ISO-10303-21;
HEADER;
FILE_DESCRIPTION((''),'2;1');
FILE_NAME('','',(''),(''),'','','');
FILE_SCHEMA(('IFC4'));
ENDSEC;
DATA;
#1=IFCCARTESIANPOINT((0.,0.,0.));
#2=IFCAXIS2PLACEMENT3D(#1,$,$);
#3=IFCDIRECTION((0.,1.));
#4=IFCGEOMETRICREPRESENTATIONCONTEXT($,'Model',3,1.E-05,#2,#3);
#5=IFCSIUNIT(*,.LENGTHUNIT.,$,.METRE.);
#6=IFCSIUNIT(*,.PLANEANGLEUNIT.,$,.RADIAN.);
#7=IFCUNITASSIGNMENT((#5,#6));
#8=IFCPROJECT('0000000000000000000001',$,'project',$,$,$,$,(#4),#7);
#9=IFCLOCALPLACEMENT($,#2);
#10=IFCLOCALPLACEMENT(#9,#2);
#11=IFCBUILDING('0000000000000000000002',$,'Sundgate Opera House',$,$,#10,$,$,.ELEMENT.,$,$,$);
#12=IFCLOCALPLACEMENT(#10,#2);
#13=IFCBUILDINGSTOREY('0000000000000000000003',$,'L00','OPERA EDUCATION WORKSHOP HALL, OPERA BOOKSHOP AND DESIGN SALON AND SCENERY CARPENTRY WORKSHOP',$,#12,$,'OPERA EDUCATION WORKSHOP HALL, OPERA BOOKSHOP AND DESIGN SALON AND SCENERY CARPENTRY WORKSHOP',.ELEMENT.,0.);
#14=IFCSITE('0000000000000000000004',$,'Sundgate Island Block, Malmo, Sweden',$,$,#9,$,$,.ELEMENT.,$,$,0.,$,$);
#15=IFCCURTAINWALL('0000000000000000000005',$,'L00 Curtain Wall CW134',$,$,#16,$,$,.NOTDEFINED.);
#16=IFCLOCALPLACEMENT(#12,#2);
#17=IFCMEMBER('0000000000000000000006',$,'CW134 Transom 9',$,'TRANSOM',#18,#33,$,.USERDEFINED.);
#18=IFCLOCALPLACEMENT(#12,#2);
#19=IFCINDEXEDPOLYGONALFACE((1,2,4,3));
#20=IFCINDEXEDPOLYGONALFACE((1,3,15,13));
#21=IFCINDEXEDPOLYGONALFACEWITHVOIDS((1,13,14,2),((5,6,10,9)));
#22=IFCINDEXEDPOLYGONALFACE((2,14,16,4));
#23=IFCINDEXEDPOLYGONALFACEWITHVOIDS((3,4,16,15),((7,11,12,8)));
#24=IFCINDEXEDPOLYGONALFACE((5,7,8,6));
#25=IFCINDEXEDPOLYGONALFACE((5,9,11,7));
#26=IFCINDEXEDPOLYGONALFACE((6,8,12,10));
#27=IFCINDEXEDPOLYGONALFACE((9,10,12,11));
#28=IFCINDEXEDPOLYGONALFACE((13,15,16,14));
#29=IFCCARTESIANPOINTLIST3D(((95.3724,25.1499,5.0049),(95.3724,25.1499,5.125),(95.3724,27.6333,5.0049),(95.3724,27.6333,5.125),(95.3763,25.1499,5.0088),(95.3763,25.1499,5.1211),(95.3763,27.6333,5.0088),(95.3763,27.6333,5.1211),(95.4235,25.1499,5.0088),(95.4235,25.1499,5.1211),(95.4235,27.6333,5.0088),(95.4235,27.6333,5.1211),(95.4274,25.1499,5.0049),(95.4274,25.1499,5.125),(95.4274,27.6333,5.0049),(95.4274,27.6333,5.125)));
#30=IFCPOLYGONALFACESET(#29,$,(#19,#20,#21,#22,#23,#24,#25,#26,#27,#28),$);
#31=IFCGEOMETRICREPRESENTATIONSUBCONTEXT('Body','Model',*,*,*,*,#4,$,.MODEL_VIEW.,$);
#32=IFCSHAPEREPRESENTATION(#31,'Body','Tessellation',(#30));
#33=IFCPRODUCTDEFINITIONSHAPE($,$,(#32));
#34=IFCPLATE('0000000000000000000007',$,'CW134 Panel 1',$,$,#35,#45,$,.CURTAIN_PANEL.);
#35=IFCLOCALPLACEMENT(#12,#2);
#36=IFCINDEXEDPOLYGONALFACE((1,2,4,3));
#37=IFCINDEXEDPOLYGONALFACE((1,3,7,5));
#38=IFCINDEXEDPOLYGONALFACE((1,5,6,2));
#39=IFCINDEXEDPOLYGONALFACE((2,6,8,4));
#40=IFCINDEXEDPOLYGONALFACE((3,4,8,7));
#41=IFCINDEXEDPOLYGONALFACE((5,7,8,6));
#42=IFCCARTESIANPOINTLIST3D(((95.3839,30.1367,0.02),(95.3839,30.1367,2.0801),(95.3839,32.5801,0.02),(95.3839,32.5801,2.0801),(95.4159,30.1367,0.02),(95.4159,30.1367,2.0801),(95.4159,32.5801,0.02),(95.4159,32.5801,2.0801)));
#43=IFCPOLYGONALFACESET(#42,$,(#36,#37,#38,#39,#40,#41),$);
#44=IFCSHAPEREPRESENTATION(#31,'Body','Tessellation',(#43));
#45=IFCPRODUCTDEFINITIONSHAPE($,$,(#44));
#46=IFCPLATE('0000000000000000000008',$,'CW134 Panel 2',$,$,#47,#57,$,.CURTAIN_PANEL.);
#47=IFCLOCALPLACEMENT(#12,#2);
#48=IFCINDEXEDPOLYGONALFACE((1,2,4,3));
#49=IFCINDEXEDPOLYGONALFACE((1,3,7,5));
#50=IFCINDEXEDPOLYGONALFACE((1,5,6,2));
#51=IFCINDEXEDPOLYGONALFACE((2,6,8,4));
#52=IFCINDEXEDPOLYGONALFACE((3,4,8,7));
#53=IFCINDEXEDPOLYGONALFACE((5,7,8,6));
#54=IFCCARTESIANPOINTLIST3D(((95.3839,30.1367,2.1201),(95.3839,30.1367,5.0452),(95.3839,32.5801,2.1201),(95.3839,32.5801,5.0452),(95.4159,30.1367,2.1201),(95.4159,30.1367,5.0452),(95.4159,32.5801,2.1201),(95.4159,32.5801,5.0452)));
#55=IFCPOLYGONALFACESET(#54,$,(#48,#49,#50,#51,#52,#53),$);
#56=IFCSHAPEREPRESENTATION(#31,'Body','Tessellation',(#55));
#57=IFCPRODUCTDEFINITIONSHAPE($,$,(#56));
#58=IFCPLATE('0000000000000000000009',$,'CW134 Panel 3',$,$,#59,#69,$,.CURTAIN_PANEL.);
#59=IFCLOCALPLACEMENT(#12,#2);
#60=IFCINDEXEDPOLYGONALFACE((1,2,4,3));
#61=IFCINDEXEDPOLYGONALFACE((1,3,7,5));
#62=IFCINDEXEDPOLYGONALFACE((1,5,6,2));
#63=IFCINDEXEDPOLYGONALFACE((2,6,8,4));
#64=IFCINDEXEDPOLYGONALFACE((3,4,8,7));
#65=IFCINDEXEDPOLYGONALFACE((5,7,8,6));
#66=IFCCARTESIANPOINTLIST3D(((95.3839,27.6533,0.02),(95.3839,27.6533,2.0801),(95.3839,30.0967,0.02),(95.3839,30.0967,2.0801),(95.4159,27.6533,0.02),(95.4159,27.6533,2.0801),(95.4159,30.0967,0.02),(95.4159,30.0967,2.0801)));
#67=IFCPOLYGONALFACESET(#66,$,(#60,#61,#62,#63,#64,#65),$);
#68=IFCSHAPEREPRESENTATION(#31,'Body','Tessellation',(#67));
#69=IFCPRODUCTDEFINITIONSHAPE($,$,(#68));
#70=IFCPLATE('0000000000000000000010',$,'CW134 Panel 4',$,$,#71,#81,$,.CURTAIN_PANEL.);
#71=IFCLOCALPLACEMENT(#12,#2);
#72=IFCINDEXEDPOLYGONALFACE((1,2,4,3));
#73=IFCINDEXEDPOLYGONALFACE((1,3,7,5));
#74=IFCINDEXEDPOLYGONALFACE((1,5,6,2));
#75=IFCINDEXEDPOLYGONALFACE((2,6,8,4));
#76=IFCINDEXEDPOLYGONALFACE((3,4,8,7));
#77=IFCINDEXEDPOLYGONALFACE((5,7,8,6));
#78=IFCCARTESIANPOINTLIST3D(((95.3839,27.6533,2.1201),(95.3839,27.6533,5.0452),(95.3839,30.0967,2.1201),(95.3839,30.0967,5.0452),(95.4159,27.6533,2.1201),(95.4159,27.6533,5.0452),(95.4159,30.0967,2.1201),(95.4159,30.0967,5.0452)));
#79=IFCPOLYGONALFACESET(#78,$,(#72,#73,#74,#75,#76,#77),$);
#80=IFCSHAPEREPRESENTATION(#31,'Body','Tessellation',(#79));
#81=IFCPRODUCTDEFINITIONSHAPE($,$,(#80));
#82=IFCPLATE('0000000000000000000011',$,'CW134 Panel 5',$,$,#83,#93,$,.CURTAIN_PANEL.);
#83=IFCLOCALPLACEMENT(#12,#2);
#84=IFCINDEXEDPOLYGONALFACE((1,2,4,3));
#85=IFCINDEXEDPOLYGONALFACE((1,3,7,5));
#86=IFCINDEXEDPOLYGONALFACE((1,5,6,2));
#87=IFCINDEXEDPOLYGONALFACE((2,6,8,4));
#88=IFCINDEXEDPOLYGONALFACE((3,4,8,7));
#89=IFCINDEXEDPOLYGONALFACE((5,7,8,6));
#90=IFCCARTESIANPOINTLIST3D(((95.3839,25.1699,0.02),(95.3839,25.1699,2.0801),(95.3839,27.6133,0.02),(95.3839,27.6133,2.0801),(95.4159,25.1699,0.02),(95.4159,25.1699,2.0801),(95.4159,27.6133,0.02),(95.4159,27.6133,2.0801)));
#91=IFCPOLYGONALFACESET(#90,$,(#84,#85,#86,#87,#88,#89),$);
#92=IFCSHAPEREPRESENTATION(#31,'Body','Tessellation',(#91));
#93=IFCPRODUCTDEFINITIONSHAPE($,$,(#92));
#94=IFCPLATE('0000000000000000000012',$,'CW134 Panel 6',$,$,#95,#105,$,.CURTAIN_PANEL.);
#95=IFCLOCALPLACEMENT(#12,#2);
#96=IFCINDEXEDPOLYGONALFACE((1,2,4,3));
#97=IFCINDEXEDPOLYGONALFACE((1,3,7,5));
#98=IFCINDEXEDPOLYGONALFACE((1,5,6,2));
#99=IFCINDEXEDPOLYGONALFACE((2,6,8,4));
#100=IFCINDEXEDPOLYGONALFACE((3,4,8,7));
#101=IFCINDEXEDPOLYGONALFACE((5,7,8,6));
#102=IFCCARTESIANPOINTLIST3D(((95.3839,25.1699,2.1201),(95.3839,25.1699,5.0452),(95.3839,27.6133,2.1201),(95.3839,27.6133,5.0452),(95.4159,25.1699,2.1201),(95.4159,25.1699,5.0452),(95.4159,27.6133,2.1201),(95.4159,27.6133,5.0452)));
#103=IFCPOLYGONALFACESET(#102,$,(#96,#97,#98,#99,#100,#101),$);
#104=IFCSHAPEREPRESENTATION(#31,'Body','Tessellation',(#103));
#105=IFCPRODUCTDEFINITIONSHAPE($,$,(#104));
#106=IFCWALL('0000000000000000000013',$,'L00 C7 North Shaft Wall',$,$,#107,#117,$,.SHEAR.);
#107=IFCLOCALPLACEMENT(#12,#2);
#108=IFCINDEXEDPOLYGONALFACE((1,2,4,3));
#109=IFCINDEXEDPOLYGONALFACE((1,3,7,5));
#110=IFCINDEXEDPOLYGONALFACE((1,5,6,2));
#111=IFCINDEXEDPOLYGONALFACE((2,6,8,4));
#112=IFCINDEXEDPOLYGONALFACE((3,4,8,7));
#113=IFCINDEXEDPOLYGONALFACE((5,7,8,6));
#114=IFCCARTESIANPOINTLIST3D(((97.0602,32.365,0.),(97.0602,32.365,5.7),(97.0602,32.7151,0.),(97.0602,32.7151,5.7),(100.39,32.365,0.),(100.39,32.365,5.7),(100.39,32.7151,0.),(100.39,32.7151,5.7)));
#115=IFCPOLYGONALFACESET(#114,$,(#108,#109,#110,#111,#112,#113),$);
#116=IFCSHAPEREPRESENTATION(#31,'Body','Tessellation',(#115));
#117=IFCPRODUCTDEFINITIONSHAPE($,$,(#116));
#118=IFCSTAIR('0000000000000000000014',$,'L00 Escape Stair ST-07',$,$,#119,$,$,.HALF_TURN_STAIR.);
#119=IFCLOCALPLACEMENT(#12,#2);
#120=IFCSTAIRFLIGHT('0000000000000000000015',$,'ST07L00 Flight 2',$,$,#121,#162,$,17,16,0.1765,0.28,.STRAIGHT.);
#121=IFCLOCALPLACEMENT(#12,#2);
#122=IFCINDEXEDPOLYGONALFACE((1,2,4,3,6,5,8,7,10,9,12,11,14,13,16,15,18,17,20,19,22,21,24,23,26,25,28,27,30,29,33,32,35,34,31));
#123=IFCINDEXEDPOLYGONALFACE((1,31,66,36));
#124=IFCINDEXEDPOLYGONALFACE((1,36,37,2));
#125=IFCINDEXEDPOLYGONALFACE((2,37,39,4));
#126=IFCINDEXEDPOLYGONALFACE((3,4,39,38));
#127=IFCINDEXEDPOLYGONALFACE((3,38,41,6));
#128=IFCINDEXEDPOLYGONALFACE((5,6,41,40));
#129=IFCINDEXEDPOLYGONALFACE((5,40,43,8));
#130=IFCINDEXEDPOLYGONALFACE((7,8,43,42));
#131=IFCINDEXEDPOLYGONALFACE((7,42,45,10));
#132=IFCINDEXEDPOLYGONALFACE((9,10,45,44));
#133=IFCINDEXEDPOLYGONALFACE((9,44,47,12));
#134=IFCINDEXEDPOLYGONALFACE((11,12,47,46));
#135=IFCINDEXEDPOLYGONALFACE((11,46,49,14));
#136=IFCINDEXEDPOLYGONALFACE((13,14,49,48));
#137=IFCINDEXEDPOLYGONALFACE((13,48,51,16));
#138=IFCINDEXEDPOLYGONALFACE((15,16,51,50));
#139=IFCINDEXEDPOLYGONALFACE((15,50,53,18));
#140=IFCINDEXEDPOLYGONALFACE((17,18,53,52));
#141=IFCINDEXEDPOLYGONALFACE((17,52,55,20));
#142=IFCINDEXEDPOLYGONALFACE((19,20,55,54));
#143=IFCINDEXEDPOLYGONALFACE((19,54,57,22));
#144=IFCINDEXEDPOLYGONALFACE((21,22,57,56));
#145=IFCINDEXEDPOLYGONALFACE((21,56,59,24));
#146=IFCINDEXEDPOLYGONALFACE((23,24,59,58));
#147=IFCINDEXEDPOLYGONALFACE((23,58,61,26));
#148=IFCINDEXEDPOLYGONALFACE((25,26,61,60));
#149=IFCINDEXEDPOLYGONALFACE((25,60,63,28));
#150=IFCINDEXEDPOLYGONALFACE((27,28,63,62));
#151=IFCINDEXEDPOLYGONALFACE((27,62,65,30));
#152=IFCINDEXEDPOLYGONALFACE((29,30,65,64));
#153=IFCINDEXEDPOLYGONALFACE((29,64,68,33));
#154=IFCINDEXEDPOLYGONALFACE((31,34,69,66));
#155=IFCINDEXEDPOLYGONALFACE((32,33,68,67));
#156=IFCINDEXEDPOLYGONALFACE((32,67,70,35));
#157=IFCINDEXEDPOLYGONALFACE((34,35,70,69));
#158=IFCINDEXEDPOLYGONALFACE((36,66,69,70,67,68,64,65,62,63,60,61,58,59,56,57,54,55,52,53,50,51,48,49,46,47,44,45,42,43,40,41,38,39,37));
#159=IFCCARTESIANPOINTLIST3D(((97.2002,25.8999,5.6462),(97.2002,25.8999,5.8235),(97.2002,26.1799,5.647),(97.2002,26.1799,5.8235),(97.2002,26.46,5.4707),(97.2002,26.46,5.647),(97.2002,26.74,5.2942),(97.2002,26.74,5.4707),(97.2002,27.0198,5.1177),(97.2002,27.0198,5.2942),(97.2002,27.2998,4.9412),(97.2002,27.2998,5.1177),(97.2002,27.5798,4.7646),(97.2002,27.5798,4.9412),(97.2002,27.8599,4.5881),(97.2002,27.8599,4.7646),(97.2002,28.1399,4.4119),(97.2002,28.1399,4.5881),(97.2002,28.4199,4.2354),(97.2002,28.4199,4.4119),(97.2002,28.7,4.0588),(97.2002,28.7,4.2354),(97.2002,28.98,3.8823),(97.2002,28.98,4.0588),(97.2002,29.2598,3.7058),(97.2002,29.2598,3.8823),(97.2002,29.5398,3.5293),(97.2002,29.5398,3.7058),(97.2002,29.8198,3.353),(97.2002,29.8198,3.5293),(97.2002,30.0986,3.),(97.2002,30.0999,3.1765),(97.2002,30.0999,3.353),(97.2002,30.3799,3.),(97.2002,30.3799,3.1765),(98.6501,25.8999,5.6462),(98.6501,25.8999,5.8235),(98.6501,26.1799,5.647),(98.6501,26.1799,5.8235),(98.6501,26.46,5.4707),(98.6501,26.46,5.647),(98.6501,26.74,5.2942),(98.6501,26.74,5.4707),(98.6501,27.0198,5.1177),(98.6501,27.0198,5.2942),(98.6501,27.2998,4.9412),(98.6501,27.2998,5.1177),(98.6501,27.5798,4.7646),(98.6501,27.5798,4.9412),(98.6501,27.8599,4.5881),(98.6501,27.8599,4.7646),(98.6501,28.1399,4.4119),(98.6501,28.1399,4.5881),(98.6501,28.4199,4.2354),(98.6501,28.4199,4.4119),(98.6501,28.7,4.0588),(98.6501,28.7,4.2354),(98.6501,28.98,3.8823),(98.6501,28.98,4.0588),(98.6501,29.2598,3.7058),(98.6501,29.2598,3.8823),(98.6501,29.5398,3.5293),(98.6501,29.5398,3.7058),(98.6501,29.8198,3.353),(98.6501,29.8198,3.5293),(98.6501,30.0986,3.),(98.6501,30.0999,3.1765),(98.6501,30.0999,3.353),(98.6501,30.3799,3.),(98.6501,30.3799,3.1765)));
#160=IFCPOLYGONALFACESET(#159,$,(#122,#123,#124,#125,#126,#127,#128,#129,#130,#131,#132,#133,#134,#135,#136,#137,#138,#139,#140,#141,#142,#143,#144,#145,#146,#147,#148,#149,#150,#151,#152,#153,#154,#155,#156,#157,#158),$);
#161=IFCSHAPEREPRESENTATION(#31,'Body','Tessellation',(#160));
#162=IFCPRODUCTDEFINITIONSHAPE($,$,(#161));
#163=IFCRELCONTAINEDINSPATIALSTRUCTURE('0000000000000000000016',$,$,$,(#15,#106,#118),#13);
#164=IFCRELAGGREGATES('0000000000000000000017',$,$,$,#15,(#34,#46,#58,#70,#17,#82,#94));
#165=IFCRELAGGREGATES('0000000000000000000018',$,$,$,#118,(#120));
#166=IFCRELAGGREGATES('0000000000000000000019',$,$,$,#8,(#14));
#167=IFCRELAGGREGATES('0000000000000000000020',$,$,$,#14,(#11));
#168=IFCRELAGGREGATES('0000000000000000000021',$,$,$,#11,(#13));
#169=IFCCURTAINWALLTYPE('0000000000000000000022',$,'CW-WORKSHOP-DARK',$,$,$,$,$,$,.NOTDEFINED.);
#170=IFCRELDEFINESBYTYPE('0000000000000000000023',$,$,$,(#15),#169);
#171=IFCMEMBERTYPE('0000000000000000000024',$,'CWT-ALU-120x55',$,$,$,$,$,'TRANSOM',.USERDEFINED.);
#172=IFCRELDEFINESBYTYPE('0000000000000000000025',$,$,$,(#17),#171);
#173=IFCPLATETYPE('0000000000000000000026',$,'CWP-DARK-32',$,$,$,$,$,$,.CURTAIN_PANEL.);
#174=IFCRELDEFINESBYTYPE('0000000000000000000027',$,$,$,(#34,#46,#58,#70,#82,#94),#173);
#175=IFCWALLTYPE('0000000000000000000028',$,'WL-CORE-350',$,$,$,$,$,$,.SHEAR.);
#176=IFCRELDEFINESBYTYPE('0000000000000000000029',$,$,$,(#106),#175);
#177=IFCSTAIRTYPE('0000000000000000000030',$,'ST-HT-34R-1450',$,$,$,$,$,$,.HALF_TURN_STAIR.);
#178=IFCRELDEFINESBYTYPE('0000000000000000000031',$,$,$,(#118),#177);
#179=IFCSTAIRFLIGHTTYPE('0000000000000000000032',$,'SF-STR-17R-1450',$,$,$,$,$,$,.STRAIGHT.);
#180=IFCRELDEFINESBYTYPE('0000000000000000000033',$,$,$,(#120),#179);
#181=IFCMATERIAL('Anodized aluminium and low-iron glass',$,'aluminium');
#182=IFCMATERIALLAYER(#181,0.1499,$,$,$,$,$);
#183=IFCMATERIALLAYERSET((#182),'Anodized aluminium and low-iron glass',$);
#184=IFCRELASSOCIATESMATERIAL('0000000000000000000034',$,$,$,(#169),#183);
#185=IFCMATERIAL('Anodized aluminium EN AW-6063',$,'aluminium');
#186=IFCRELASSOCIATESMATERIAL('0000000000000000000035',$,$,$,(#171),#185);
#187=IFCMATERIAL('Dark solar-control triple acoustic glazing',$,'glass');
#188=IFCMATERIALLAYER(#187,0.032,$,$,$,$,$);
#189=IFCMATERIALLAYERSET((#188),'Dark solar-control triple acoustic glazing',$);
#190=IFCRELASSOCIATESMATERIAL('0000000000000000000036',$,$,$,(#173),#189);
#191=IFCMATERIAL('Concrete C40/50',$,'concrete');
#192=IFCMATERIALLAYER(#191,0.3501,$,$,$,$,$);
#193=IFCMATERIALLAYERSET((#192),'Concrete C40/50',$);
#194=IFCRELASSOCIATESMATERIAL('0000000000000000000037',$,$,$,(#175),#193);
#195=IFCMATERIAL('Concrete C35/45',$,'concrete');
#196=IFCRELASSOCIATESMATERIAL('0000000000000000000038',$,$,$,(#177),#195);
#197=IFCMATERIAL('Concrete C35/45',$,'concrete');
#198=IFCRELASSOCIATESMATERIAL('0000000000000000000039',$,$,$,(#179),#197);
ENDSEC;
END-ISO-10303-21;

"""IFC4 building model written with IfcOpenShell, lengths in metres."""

from ifc_helpers import new_model, si_unit, direction, frame, frame_2d, origin, origin_2d, place, context, subcontext, project, spatial, polyline, rectangle, hollow_rectangle, outline, extrude, material, layer, layer_set, material_profile, profile_set, type_object, element, aggregate, save


model = new_model("IFC4")

# Units and contexts
model_context = context("Model", 3, precision=1e-05, world=origin(), true_north=direction((0.0, 1.0)))
body_context = subcontext(model_context, "Body", "Model", "MODEL_VIEW")
ifc_project = project(units=[si_unit("LENGTHUNIT", "METRE"), si_unit("PLANEANGLEUNIT", "RADIAN")], contexts=[model_context])

# Site, building, storey
site_placement = place(None, origin())
site = spatial("IfcSite", under=ifc_project, at=site_placement, Name="Sundgate Island Block, Malmo, Sweden", CompositionType="ELEMENT", RefElevation=0.0)
building_placement = place(site_placement, origin())
building = spatial("IfcBuilding", under=site, at=building_placement, Name="Sundgate Opera House", CompositionType="ELEMENT")
storey_placement = place(building_placement, origin())
storey = spatial("IfcBuildingStorey", under=building, at=storey_placement, Name="L00", Description="OPERA EDUCATION WORKSHOP HALL, OPERA BOOKSHOP AND DESIGN SALON AND SCENERY CARPENTRY WORKSHOP", LongName="OPERA EDUCATION WORKSHOP HALL, OPERA BOOKSHOP AND DESIGN SALON AND SCENERY CARPENTRY WORKSHOP", CompositionType="ELEMENT", Elevation=0.0)

# Curtain wall, member, plates
ifc_material_1 = material(Name="Anodized aluminium and low-iron glass", Category="aluminium")
ifc_layer_1 = layer(ifc_material_1, 0.1499)
ifc_layer_set_1 = layer_set([ifc_layer_1], Name="Anodized aluminium and low-iron glass")
curtain_wall_type = type_object("IfcCurtainWallType", Name="CW-WORKSHOP-DARK", PredefinedType="NOTDEFINED", material=ifc_layer_set_1)
curtain_wall_placement = place(storey_placement, origin())
curtain_wall = element("IfcCurtainWall", 1, at=curtain_wall_placement, inside=storey, type_object=curtain_wall_type, Name="L00 Curtain Wall CW134", PredefinedType="NOTDEFINED")
ifc_material_2 = material(Name="Anodized aluminium EN AW-6063", Category="aluminium")
ifc_material_profile_1 = material_profile(ifc_material_2, hollow_rectangle(XDim=0.0549, YDim=0.1201, WallThickness=0.0039, at=origin_2d()), Name="CWT 120x55x4")
ifc_profile_set_1 = profile_set([ifc_material_profile_1], Name="Anodized aluminium EN AW-6063")
member_type_1 = type_object("IfcMemberType", Name="CWT-ALU-120x55", ElementType="TRANSOM", PredefinedType="USERDEFINED", material=ifc_profile_set_1)
member_1_placement = place(storey_placement, frame((95.3999, 27.6333, 5.0649), z_axis=(0.0, -1.0, 0.0), x_axis=(1.0, 0.0, 0.0)))
member_1 = element("IfcMember", 2, at=member_1_placement, type_object=member_type_1, Name="CW134 Transom 9", ObjectType="TRANSOM", PredefinedType="USERDEFINED", context=body_context, shape_type="SweptSolid", body=[
    extrude(hollow_rectangle(XDim=0.0549, YDim=0.1201, WallThickness=0.0039, at=origin_2d()), origin(), (0.0, 0.0, 1.0), 2.4834),
])
ifc_material_3 = material(Name="Dark solar-control triple acoustic glazing", Category="glass")
ifc_layer_2 = layer(ifc_material_3, 0.032)
ifc_layer_set_2 = layer_set([ifc_layer_2], Name="Dark solar-control triple acoustic glazing")
plate_type = type_object("IfcPlateType", Name="CWP-DARK-32", PredefinedType="CURTAIN_PANEL", material=ifc_layer_set_2)
plate_1_placement = place(storey_placement, frame((95.3999, 31.3584, 0.02), z_axis=(0.0, 0.0, 1.0), x_axis=(0.0, -1.0, 0.0)))
plate_1 = element("IfcPlate", 3, at=plate_1_placement, type_object=plate_type, Name="CW134 Panel 1", PredefinedType="CURTAIN_PANEL", context=body_context, shape_type="SweptSolid", body=[
    extrude(rectangle(XDim=2.4434, YDim=0.032, at=origin_2d()), origin(), (0.0, 0.0, 1.0), 2.0601),
])
plate_2_placement = place(storey_placement, frame((95.3999, 31.3584, 2.1201), z_axis=(0.0, 0.0, 1.0), x_axis=(0.0, -1.0, 0.0)))
plate_2 = element("IfcPlate", 4, at=plate_2_placement, type_object=plate_type, Name="CW134 Panel 2", PredefinedType="CURTAIN_PANEL", context=body_context, shape_type="SweptSolid", body=[
    extrude(rectangle(XDim=2.4434, YDim=0.032, at=origin_2d()), origin(), (0.0, 0.0, 1.0), 2.925),
])
plate_3_placement = place(storey_placement, frame((95.3999, 28.875, 0.02), z_axis=(0.0, 0.0, 1.0), x_axis=(0.0, -1.0, 0.0)))
plate_3 = element("IfcPlate", 5, at=plate_3_placement, type_object=plate_type, Name="CW134 Panel 3", PredefinedType="CURTAIN_PANEL", context=body_context, shape_type="SweptSolid", body=[
    extrude(rectangle(XDim=2.4434, YDim=0.032, at=origin_2d()), origin(), (0.0, 0.0, 1.0), 2.0601),
])
plate_4_placement = place(storey_placement, frame((95.3999, 28.875, 2.1201), z_axis=(0.0, 0.0, 1.0), x_axis=(0.0, -1.0, 0.0)))
plate_4 = element("IfcPlate", 6, at=plate_4_placement, type_object=plate_type, Name="CW134 Panel 4", PredefinedType="CURTAIN_PANEL", context=body_context, shape_type="SweptSolid", body=[
    extrude(rectangle(XDim=2.4434, YDim=0.032, at=origin_2d()), origin(), (0.0, 0.0, 1.0), 2.925),
])
plate_5_placement = place(storey_placement, frame((95.3999, 26.3916, 0.02), z_axis=(0.0, 0.0, 1.0), x_axis=(0.0, -1.0, 0.0)))
plate_5 = element("IfcPlate", 7, at=plate_5_placement, type_object=plate_type, Name="CW134 Panel 5", PredefinedType="CURTAIN_PANEL", context=body_context, shape_type="SweptSolid", body=[
    extrude(rectangle(XDim=2.4434, YDim=0.032, at=origin_2d()), origin(), (0.0, 0.0, 1.0), 2.0601),
])
plate_6_placement = place(storey_placement, frame((95.3999, 26.3916, 2.1201), z_axis=(0.0, 0.0, 1.0), x_axis=(0.0, -1.0, 0.0)))
plate_6 = element("IfcPlate", 8, at=plate_6_placement, type_object=plate_type, Name="CW134 Panel 6", PredefinedType="CURTAIN_PANEL", context=body_context, shape_type="SweptSolid", body=[
    extrude(rectangle(XDim=2.4434, YDim=0.032, at=origin_2d()), origin(), (0.0, 0.0, 1.0), 2.925),
])
aggregate(curtain_wall, [plate_1, plate_2, plate_3, plate_4, member_1, plate_5, plate_6])

# Wall
ifc_material_4 = material(Name="Concrete C40/50", Category="concrete")
ifc_layer_3 = layer(ifc_material_4, 0.3501)
ifc_layer_set_3 = layer_set([ifc_layer_3], Name="Concrete C40/50")
wall_type = type_object("IfcWallType", Name="WL-CORE-350", PredefinedType="SHEAR", material=ifc_layer_set_3)
wall_placement = place(storey_placement, frame((97.0601, 32.54, 0.0), z_axis=(0.0, 0.0, 1.0), x_axis=(1.0, 0.0, 0.0)))
element("IfcWall", 9, at=wall_placement, inside=storey, type_object=wall_type, Name="L00 C7 North Shaft Wall", PredefinedType="SHEAR", context=body_context, shape_type="SweptSolid", body=[
    extrude(rectangle(XDim=3.3298, YDim=0.3501, at=frame_2d((1.665, 0.0))), origin(), (0.0, 0.0, 1.0), 5.7),
])

# Stair, stair flight
ifc_material_5 = material(Name="Concrete C35/45", Category="concrete")
stair_type = type_object("IfcStairType", Name="ST-HT-34R-1450", PredefinedType="HALF_TURN_STAIR", material=ifc_material_5)
stair_placement = place(storey_placement, origin())
stair = element("IfcStair", 10, at=stair_placement, inside=storey, type_object=stair_type, Name="L00 Escape Stair ST-07", PredefinedType="HALF_TURN_STAIR")
ifc_material_6 = material(Name="Concrete C35/45", Category="concrete")
stair_flight_type = type_object("IfcStairFlightType", Name="SF-STR-17R-1450", PredefinedType="STRAIGHT", material=ifc_material_6)
stair_flight_placement = place(storey_placement, frame((97.925, 30.3799, 3.0), z_axis=(0.0, 0.0, 1.0), x_axis=(0.0, -1.0, 0.0)))
stair_flight = element("IfcStairFlight", 11, at=stair_flight_placement, type_object=stair_flight_type, Name="ST07L00 Flight 2", NumberOfRisers=17, NumberOfTreads=16, PredefinedType="STRAIGHT", RiserHeight=0.1765, TreadLength=0.28, context=body_context, shape_type="SweptSolid", body=[
    extrude(outline(polyline([(0.0, 0.0), (0.0, 0.1765), (0.28, 0.1765), (0.28, 0.353), (0.5601, 0.353), (0.5601, 0.5293), (0.8401, 0.5293), (0.8401, 0.7058), (1.1201, 0.7058), (1.1201, 0.8823), (1.3999, 0.8823), (1.3999, 1.0588), (1.6799, 1.0588), (1.6799, 1.2354), (1.96, 1.2354), (1.96, 1.4119), (2.24, 1.4119), (2.24, 1.5881), (2.52, 1.5881), (2.52, 1.7646), (2.8, 1.7646), (2.8, 1.9412), (3.0801, 1.9412), (3.0801, 2.1177), (3.3601, 2.1177), (3.3601, 2.2942), (3.6399, 2.2942), (3.6399, 2.4707), (3.9199, 2.4707), (3.9199, 2.647), (4.2, 2.647), (4.2, 2.8235), (4.48, 2.8235), (4.48, 3.0), (4.48, 2.6462), (0.2812, 0.0), (0.0, 0.0)])), frame((0.0, 0.7251, 0.0), z_axis=(0.0, -1.0, 0.0), x_axis=(1.0, 0.0, 0.0)), (0.0, 0.0, 1.0), 1.45),
])
aggregate(stair, [stair_flight])

save(model, "model.ifc")
